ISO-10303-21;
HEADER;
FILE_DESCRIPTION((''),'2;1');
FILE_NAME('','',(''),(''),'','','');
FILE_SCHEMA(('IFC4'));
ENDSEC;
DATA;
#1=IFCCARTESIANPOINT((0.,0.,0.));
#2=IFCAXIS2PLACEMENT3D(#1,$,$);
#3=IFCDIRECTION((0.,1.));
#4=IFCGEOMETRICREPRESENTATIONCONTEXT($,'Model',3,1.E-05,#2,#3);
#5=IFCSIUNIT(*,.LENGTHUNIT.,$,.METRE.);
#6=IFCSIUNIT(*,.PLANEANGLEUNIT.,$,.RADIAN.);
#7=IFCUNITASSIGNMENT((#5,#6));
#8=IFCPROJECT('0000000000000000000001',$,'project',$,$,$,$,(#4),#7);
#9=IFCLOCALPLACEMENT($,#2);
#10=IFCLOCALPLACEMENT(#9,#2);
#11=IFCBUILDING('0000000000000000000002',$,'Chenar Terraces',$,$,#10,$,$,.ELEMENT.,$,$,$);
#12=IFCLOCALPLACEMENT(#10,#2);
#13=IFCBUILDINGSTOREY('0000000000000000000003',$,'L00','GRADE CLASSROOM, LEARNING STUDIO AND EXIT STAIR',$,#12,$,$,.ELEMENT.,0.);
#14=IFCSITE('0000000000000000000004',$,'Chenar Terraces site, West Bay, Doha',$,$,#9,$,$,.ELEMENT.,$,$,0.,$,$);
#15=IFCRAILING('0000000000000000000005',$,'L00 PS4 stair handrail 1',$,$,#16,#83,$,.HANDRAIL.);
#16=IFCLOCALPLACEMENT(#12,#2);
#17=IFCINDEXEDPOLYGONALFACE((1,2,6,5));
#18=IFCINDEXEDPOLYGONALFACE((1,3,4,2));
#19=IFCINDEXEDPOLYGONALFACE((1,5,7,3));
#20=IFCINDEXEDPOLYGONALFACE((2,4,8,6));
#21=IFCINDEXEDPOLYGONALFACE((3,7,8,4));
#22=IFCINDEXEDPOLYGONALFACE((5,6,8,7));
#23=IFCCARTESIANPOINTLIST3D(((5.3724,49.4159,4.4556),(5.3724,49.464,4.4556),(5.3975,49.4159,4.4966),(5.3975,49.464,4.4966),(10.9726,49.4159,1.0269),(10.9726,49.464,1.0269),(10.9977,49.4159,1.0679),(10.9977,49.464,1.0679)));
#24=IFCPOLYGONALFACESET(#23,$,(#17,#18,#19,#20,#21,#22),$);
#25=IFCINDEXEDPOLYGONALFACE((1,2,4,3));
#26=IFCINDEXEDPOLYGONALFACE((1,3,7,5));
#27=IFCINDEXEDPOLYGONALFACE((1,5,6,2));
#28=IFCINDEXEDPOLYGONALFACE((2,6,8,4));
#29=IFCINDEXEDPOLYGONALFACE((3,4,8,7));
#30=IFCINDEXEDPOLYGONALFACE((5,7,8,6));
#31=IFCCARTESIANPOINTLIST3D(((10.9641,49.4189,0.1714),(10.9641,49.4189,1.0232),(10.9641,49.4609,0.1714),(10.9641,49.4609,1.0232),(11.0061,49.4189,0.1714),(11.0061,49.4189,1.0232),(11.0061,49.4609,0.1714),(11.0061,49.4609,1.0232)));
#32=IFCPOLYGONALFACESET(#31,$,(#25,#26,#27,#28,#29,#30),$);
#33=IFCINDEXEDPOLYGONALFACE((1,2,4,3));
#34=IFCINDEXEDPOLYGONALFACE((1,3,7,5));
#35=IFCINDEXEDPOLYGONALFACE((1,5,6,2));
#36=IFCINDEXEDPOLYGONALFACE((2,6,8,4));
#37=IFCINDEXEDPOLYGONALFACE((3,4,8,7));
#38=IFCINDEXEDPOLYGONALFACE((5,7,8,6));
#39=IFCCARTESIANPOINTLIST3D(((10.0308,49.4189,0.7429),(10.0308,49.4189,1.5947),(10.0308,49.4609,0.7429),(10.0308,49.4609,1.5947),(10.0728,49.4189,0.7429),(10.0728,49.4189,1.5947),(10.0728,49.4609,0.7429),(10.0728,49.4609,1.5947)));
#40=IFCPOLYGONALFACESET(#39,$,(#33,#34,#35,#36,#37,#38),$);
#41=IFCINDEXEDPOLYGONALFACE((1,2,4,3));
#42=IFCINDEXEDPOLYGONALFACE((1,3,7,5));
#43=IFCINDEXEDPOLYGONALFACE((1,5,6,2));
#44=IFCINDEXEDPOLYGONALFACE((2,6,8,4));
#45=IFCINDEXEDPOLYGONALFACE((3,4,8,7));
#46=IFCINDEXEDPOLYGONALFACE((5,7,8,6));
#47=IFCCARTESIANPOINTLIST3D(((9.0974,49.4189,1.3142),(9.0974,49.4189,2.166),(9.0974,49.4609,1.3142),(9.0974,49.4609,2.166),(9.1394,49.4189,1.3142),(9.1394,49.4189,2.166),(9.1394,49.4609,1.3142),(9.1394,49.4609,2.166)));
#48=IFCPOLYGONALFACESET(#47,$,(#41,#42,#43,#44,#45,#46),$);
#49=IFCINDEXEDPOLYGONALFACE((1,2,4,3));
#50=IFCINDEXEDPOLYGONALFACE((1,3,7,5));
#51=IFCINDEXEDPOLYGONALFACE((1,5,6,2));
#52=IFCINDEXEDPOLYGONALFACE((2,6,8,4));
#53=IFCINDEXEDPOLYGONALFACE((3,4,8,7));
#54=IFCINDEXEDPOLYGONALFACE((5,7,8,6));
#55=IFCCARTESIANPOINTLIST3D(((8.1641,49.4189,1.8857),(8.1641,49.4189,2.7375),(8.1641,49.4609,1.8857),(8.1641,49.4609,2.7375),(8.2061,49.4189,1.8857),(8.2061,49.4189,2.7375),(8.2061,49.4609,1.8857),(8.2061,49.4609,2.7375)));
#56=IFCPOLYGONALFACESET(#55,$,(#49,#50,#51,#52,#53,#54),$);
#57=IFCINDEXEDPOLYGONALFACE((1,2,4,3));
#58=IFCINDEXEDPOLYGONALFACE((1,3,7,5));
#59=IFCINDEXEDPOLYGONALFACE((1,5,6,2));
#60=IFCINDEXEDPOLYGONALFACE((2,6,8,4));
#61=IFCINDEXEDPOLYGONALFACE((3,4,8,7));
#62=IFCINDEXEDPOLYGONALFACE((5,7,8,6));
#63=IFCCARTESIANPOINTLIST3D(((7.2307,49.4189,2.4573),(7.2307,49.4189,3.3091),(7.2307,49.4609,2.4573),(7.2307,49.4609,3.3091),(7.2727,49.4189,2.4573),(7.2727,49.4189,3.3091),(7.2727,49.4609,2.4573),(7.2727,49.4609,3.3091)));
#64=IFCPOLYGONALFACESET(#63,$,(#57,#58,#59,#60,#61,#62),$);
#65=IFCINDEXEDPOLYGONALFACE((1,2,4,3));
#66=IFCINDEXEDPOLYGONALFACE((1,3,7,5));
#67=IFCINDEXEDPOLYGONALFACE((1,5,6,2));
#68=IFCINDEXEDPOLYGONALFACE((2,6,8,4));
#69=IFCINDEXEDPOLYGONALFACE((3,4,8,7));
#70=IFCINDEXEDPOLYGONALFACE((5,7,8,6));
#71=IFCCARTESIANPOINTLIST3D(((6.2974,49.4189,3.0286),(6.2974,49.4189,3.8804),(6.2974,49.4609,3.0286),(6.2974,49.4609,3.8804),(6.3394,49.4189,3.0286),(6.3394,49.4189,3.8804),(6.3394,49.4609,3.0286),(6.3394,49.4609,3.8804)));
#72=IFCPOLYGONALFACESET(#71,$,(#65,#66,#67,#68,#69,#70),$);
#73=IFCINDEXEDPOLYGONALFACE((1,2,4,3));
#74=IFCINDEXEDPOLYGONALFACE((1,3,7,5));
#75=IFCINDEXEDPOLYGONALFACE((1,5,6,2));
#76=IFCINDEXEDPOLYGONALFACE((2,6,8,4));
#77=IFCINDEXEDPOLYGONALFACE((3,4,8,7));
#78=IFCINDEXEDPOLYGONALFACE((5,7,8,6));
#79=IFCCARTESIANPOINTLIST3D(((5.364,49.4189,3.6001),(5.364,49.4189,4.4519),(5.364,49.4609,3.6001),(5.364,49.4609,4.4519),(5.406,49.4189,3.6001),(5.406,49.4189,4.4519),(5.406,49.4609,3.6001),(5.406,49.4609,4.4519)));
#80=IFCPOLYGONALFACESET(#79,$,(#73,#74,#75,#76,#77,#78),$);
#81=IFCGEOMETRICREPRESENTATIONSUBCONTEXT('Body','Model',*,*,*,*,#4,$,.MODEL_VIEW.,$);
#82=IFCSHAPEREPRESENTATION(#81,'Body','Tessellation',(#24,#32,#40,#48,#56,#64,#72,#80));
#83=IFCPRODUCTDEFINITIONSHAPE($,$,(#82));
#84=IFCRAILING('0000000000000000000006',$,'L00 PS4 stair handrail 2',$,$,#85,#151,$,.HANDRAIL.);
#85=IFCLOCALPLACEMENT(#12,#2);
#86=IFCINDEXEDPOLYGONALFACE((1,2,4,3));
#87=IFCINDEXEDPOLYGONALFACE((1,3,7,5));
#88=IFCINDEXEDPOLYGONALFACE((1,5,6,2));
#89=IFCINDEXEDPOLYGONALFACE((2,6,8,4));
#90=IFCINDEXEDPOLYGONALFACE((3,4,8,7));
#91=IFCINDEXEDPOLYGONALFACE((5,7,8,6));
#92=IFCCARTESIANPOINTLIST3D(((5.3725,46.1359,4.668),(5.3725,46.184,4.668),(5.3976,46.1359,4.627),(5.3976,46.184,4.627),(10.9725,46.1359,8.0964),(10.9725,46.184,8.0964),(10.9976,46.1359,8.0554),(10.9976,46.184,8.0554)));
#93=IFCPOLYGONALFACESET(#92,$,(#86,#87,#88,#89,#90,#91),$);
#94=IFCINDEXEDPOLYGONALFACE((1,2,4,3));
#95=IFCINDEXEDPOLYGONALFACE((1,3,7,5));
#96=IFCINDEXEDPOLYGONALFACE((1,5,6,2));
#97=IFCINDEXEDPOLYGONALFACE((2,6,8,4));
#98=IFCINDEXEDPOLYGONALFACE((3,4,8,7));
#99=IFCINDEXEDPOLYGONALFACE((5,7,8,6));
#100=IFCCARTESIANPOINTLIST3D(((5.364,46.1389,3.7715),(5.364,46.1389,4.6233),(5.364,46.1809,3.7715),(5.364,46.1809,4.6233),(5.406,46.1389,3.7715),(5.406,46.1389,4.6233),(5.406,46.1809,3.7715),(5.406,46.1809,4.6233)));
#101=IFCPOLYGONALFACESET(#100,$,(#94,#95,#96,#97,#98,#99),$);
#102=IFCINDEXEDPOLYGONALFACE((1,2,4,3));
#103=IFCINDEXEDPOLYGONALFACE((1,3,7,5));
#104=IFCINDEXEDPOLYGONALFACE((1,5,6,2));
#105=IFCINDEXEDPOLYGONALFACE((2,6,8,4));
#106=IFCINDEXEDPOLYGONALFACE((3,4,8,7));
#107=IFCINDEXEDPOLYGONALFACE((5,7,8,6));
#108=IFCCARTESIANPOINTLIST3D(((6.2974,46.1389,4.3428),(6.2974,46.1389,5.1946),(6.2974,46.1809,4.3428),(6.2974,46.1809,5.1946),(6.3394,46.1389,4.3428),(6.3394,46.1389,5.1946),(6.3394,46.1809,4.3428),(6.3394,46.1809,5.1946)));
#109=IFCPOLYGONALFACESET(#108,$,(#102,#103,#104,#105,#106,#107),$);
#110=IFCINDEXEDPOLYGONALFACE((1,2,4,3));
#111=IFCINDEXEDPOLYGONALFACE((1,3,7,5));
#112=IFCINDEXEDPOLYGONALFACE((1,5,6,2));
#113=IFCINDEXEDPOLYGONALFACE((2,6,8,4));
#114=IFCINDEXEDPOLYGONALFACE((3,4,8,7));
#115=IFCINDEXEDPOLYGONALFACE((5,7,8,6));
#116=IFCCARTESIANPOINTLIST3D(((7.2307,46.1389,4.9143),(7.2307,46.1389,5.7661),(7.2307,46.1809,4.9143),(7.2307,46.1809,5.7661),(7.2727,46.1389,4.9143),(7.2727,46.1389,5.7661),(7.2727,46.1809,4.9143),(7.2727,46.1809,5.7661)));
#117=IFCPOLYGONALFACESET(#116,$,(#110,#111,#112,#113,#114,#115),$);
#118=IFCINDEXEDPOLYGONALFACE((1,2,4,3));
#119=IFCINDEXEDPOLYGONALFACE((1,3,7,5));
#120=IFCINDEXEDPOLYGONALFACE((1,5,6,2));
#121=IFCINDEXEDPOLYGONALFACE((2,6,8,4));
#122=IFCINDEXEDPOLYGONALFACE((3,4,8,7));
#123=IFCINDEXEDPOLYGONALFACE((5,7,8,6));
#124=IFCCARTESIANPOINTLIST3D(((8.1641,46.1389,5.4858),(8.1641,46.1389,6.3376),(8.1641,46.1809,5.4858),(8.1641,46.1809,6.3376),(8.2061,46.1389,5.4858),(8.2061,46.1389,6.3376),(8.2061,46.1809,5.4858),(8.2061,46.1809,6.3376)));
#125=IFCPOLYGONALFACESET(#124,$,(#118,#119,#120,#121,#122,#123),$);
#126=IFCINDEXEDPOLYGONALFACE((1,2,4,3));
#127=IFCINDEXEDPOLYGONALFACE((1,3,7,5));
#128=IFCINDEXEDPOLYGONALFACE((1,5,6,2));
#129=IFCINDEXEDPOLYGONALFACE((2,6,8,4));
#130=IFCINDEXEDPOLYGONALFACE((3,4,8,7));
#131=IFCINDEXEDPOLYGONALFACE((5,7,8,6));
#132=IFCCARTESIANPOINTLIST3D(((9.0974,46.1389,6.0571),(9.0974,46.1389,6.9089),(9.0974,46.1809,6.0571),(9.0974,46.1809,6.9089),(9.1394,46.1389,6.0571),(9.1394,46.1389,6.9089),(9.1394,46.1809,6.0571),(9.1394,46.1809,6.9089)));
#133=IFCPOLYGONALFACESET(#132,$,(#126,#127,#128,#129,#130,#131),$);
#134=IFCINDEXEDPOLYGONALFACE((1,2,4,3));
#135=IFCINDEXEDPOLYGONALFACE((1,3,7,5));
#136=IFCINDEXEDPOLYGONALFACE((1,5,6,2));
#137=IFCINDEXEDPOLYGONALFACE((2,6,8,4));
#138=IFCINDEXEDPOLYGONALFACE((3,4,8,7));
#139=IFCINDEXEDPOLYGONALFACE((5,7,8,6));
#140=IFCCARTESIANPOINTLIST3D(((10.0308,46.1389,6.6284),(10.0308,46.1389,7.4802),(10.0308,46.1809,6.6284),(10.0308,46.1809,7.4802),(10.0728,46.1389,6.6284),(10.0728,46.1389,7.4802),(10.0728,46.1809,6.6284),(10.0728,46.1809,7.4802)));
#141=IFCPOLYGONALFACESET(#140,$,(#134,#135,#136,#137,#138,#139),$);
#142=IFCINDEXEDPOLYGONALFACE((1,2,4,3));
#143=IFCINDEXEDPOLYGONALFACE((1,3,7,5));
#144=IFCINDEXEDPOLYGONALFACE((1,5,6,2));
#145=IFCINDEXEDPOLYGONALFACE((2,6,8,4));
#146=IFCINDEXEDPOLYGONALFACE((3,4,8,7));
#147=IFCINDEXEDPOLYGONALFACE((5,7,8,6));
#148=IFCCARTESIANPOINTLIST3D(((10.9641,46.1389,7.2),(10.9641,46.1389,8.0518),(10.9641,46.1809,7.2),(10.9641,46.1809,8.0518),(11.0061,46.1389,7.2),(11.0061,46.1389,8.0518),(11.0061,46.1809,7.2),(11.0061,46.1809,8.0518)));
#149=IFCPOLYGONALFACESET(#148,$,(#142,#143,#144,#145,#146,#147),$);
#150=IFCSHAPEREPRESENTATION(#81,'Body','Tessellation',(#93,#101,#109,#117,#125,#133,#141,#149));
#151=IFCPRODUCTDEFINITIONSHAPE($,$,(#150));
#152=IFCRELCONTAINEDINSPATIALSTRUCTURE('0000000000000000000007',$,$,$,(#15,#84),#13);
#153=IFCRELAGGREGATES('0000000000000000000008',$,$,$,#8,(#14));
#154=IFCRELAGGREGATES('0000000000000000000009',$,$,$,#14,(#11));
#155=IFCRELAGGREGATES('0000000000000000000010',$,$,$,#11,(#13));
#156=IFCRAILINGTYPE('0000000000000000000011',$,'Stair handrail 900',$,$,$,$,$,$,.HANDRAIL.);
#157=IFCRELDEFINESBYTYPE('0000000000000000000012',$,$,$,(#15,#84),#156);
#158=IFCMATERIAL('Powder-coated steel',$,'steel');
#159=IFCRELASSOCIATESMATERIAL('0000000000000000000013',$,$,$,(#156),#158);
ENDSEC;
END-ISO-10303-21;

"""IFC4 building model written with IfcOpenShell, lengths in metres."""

from ifc_helpers import new_model, si_unit, direction, frame, origin, origin_2d, place, context, subcontext, project, spatial, rectangle, extrude, material, type_object, element, save


model = new_model("IFC4")

# Units and contexts
model_context = context("Model", 3, precision=1e-05, world=origin(), true_north=direction((0.0, 1.0)))
body_context = subcontext(model_context, "Body", "Model", "MODEL_VIEW")
ifc_project = project(units=[si_unit("LENGTHUNIT", "METRE"), si_unit("PLANEANGLEUNIT", "RADIAN")], contexts=[model_context])

# Site, building, storey
site_placement = place(None, origin())
site = spatial("IfcSite", under=ifc_project, at=site_placement, Name="Chenar Terraces site, West Bay, Doha", CompositionType="ELEMENT", RefElevation=0.0)
building_placement = place(site_placement, origin())
building = spatial("IfcBuilding", under=site, at=building_placement, Name="Chenar Terraces", CompositionType="ELEMENT")
storey_placement = place(building_placement, origin())
storey = spatial("IfcBuildingStorey", under=building, at=storey_placement, Name="L00", Description="GRADE CLASSROOM, LEARNING STUDIO AND EXIT STAIR", CompositionType="ELEMENT", Elevation=0.0)

# Railings
ifc_material_1 = material(Name="Powder-coated steel", Category="steel")
railing_type_1 = type_object("IfcRailingType", Name="Stair handrail 900", PredefinedType="HANDRAIL", material=ifc_material_1)
railing_1_placement = place(storey_placement, frame((10.9851, 49.4399, 0.1714)))
element("IfcRailing", 1, at=railing_1_placement, inside=storey, type_object=railing_type_1, Name="L00 PS4 stair handrail 1", PredefinedType="HANDRAIL", context=body_context, shape_type="SweptSolid", body=[
    extrude(rectangle(XDim=0.0481, YDim=0.0481, at=origin_2d()), frame((0.0, 0.0, 0.876), z_axis=(-0.852846, 0.0, 0.522163), x_axis=(0.0, -1.0, 0.0)), (0.0, 0.0, 1.0), 6.5664),
    extrude(rectangle(XDim=0.042, YDim=0.042, at=origin_2d()), origin(), (0.0, 0.0, 1.0), 0.8518),
    extrude(rectangle(XDim=0.042, YDim=0.042, at=origin_2d()), frame((-0.9333, 0.0, 0.5715)), (0.0, 0.0, 1.0), 0.8518),
    extrude(rectangle(XDim=0.042, YDim=0.042, at=origin_2d()), frame((-1.8667, 0.0, 1.1428)), (0.0, 0.0, 1.0), 0.8518),
    extrude(rectangle(XDim=0.042, YDim=0.042, at=origin_2d()), frame((-2.8, 0.0, 1.7144)), (0.0, 0.0, 1.0), 0.8518),
    extrude(rectangle(XDim=0.042, YDim=0.042, at=origin_2d()), frame((-3.7334, 0.0, 2.2859)), (0.0, 0.0, 1.0), 0.8518),
    extrude(rectangle(XDim=0.042, YDim=0.042, at=origin_2d()), frame((-4.6667, 0.0, 2.8572)), (0.0, 0.0, 1.0), 0.8518),
    extrude(rectangle(XDim=0.042, YDim=0.042, at=origin_2d()), frame((-5.6001, 0.0, 3.4287)), (0.0, 0.0, 1.0), 0.8518),
])
railing_2_placement = place(storey_placement, frame((5.385, 46.1599, 3.7715)))
element("IfcRailing", 2, at=railing_2_placement, inside=storey, type_object=railing_type_1, Name="L00 PS4 stair handrail 2", PredefinedType="HANDRAIL", context=body_context, shape_type="SweptSolid", body=[
    extrude(rectangle(XDim=0.0481, YDim=0.0481, at=origin_2d()), frame((0.0, 0.0, 0.876), z_axis=(0.852862, 0.0, 0.522136), x_axis=(0.0, 1.0, 0.0)), (0.0, 0.0, 1.0), 6.5662),
    extrude(rectangle(XDim=0.042, YDim=0.042, at=origin_2d()), origin(), (0.0, 0.0, 1.0), 0.8518),
    extrude(rectangle(XDim=0.042, YDim=0.042, at=origin_2d()), frame((0.9333, 0.0, 0.5713)), (0.0, 0.0, 1.0), 0.8518),
    extrude(rectangle(XDim=0.042, YDim=0.042, at=origin_2d()), frame((1.8667, 0.0, 1.1428)), (0.0, 0.0, 1.0), 0.8518),
    extrude(rectangle(XDim=0.042, YDim=0.042, at=origin_2d()), frame((2.8, 0.0, 1.7144)), (0.0, 0.0, 1.0), 0.8518),
    extrude(rectangle(XDim=0.042, YDim=0.042, at=origin_2d()), frame((3.7334, 0.0, 2.2856)), (0.0, 0.0, 1.0), 0.8518),
    extrude(rectangle(XDim=0.042, YDim=0.042, at=origin_2d()), frame((4.6667, 0.0, 2.8569)), (0.0, 0.0, 1.0), 0.8518),
    extrude(rectangle(XDim=0.042, YDim=0.042, at=origin_2d()), frame((5.6001, 0.0, 3.4285)), (0.0, 0.0, 1.0), 0.8518),
])

save(model, "model.ifc")
